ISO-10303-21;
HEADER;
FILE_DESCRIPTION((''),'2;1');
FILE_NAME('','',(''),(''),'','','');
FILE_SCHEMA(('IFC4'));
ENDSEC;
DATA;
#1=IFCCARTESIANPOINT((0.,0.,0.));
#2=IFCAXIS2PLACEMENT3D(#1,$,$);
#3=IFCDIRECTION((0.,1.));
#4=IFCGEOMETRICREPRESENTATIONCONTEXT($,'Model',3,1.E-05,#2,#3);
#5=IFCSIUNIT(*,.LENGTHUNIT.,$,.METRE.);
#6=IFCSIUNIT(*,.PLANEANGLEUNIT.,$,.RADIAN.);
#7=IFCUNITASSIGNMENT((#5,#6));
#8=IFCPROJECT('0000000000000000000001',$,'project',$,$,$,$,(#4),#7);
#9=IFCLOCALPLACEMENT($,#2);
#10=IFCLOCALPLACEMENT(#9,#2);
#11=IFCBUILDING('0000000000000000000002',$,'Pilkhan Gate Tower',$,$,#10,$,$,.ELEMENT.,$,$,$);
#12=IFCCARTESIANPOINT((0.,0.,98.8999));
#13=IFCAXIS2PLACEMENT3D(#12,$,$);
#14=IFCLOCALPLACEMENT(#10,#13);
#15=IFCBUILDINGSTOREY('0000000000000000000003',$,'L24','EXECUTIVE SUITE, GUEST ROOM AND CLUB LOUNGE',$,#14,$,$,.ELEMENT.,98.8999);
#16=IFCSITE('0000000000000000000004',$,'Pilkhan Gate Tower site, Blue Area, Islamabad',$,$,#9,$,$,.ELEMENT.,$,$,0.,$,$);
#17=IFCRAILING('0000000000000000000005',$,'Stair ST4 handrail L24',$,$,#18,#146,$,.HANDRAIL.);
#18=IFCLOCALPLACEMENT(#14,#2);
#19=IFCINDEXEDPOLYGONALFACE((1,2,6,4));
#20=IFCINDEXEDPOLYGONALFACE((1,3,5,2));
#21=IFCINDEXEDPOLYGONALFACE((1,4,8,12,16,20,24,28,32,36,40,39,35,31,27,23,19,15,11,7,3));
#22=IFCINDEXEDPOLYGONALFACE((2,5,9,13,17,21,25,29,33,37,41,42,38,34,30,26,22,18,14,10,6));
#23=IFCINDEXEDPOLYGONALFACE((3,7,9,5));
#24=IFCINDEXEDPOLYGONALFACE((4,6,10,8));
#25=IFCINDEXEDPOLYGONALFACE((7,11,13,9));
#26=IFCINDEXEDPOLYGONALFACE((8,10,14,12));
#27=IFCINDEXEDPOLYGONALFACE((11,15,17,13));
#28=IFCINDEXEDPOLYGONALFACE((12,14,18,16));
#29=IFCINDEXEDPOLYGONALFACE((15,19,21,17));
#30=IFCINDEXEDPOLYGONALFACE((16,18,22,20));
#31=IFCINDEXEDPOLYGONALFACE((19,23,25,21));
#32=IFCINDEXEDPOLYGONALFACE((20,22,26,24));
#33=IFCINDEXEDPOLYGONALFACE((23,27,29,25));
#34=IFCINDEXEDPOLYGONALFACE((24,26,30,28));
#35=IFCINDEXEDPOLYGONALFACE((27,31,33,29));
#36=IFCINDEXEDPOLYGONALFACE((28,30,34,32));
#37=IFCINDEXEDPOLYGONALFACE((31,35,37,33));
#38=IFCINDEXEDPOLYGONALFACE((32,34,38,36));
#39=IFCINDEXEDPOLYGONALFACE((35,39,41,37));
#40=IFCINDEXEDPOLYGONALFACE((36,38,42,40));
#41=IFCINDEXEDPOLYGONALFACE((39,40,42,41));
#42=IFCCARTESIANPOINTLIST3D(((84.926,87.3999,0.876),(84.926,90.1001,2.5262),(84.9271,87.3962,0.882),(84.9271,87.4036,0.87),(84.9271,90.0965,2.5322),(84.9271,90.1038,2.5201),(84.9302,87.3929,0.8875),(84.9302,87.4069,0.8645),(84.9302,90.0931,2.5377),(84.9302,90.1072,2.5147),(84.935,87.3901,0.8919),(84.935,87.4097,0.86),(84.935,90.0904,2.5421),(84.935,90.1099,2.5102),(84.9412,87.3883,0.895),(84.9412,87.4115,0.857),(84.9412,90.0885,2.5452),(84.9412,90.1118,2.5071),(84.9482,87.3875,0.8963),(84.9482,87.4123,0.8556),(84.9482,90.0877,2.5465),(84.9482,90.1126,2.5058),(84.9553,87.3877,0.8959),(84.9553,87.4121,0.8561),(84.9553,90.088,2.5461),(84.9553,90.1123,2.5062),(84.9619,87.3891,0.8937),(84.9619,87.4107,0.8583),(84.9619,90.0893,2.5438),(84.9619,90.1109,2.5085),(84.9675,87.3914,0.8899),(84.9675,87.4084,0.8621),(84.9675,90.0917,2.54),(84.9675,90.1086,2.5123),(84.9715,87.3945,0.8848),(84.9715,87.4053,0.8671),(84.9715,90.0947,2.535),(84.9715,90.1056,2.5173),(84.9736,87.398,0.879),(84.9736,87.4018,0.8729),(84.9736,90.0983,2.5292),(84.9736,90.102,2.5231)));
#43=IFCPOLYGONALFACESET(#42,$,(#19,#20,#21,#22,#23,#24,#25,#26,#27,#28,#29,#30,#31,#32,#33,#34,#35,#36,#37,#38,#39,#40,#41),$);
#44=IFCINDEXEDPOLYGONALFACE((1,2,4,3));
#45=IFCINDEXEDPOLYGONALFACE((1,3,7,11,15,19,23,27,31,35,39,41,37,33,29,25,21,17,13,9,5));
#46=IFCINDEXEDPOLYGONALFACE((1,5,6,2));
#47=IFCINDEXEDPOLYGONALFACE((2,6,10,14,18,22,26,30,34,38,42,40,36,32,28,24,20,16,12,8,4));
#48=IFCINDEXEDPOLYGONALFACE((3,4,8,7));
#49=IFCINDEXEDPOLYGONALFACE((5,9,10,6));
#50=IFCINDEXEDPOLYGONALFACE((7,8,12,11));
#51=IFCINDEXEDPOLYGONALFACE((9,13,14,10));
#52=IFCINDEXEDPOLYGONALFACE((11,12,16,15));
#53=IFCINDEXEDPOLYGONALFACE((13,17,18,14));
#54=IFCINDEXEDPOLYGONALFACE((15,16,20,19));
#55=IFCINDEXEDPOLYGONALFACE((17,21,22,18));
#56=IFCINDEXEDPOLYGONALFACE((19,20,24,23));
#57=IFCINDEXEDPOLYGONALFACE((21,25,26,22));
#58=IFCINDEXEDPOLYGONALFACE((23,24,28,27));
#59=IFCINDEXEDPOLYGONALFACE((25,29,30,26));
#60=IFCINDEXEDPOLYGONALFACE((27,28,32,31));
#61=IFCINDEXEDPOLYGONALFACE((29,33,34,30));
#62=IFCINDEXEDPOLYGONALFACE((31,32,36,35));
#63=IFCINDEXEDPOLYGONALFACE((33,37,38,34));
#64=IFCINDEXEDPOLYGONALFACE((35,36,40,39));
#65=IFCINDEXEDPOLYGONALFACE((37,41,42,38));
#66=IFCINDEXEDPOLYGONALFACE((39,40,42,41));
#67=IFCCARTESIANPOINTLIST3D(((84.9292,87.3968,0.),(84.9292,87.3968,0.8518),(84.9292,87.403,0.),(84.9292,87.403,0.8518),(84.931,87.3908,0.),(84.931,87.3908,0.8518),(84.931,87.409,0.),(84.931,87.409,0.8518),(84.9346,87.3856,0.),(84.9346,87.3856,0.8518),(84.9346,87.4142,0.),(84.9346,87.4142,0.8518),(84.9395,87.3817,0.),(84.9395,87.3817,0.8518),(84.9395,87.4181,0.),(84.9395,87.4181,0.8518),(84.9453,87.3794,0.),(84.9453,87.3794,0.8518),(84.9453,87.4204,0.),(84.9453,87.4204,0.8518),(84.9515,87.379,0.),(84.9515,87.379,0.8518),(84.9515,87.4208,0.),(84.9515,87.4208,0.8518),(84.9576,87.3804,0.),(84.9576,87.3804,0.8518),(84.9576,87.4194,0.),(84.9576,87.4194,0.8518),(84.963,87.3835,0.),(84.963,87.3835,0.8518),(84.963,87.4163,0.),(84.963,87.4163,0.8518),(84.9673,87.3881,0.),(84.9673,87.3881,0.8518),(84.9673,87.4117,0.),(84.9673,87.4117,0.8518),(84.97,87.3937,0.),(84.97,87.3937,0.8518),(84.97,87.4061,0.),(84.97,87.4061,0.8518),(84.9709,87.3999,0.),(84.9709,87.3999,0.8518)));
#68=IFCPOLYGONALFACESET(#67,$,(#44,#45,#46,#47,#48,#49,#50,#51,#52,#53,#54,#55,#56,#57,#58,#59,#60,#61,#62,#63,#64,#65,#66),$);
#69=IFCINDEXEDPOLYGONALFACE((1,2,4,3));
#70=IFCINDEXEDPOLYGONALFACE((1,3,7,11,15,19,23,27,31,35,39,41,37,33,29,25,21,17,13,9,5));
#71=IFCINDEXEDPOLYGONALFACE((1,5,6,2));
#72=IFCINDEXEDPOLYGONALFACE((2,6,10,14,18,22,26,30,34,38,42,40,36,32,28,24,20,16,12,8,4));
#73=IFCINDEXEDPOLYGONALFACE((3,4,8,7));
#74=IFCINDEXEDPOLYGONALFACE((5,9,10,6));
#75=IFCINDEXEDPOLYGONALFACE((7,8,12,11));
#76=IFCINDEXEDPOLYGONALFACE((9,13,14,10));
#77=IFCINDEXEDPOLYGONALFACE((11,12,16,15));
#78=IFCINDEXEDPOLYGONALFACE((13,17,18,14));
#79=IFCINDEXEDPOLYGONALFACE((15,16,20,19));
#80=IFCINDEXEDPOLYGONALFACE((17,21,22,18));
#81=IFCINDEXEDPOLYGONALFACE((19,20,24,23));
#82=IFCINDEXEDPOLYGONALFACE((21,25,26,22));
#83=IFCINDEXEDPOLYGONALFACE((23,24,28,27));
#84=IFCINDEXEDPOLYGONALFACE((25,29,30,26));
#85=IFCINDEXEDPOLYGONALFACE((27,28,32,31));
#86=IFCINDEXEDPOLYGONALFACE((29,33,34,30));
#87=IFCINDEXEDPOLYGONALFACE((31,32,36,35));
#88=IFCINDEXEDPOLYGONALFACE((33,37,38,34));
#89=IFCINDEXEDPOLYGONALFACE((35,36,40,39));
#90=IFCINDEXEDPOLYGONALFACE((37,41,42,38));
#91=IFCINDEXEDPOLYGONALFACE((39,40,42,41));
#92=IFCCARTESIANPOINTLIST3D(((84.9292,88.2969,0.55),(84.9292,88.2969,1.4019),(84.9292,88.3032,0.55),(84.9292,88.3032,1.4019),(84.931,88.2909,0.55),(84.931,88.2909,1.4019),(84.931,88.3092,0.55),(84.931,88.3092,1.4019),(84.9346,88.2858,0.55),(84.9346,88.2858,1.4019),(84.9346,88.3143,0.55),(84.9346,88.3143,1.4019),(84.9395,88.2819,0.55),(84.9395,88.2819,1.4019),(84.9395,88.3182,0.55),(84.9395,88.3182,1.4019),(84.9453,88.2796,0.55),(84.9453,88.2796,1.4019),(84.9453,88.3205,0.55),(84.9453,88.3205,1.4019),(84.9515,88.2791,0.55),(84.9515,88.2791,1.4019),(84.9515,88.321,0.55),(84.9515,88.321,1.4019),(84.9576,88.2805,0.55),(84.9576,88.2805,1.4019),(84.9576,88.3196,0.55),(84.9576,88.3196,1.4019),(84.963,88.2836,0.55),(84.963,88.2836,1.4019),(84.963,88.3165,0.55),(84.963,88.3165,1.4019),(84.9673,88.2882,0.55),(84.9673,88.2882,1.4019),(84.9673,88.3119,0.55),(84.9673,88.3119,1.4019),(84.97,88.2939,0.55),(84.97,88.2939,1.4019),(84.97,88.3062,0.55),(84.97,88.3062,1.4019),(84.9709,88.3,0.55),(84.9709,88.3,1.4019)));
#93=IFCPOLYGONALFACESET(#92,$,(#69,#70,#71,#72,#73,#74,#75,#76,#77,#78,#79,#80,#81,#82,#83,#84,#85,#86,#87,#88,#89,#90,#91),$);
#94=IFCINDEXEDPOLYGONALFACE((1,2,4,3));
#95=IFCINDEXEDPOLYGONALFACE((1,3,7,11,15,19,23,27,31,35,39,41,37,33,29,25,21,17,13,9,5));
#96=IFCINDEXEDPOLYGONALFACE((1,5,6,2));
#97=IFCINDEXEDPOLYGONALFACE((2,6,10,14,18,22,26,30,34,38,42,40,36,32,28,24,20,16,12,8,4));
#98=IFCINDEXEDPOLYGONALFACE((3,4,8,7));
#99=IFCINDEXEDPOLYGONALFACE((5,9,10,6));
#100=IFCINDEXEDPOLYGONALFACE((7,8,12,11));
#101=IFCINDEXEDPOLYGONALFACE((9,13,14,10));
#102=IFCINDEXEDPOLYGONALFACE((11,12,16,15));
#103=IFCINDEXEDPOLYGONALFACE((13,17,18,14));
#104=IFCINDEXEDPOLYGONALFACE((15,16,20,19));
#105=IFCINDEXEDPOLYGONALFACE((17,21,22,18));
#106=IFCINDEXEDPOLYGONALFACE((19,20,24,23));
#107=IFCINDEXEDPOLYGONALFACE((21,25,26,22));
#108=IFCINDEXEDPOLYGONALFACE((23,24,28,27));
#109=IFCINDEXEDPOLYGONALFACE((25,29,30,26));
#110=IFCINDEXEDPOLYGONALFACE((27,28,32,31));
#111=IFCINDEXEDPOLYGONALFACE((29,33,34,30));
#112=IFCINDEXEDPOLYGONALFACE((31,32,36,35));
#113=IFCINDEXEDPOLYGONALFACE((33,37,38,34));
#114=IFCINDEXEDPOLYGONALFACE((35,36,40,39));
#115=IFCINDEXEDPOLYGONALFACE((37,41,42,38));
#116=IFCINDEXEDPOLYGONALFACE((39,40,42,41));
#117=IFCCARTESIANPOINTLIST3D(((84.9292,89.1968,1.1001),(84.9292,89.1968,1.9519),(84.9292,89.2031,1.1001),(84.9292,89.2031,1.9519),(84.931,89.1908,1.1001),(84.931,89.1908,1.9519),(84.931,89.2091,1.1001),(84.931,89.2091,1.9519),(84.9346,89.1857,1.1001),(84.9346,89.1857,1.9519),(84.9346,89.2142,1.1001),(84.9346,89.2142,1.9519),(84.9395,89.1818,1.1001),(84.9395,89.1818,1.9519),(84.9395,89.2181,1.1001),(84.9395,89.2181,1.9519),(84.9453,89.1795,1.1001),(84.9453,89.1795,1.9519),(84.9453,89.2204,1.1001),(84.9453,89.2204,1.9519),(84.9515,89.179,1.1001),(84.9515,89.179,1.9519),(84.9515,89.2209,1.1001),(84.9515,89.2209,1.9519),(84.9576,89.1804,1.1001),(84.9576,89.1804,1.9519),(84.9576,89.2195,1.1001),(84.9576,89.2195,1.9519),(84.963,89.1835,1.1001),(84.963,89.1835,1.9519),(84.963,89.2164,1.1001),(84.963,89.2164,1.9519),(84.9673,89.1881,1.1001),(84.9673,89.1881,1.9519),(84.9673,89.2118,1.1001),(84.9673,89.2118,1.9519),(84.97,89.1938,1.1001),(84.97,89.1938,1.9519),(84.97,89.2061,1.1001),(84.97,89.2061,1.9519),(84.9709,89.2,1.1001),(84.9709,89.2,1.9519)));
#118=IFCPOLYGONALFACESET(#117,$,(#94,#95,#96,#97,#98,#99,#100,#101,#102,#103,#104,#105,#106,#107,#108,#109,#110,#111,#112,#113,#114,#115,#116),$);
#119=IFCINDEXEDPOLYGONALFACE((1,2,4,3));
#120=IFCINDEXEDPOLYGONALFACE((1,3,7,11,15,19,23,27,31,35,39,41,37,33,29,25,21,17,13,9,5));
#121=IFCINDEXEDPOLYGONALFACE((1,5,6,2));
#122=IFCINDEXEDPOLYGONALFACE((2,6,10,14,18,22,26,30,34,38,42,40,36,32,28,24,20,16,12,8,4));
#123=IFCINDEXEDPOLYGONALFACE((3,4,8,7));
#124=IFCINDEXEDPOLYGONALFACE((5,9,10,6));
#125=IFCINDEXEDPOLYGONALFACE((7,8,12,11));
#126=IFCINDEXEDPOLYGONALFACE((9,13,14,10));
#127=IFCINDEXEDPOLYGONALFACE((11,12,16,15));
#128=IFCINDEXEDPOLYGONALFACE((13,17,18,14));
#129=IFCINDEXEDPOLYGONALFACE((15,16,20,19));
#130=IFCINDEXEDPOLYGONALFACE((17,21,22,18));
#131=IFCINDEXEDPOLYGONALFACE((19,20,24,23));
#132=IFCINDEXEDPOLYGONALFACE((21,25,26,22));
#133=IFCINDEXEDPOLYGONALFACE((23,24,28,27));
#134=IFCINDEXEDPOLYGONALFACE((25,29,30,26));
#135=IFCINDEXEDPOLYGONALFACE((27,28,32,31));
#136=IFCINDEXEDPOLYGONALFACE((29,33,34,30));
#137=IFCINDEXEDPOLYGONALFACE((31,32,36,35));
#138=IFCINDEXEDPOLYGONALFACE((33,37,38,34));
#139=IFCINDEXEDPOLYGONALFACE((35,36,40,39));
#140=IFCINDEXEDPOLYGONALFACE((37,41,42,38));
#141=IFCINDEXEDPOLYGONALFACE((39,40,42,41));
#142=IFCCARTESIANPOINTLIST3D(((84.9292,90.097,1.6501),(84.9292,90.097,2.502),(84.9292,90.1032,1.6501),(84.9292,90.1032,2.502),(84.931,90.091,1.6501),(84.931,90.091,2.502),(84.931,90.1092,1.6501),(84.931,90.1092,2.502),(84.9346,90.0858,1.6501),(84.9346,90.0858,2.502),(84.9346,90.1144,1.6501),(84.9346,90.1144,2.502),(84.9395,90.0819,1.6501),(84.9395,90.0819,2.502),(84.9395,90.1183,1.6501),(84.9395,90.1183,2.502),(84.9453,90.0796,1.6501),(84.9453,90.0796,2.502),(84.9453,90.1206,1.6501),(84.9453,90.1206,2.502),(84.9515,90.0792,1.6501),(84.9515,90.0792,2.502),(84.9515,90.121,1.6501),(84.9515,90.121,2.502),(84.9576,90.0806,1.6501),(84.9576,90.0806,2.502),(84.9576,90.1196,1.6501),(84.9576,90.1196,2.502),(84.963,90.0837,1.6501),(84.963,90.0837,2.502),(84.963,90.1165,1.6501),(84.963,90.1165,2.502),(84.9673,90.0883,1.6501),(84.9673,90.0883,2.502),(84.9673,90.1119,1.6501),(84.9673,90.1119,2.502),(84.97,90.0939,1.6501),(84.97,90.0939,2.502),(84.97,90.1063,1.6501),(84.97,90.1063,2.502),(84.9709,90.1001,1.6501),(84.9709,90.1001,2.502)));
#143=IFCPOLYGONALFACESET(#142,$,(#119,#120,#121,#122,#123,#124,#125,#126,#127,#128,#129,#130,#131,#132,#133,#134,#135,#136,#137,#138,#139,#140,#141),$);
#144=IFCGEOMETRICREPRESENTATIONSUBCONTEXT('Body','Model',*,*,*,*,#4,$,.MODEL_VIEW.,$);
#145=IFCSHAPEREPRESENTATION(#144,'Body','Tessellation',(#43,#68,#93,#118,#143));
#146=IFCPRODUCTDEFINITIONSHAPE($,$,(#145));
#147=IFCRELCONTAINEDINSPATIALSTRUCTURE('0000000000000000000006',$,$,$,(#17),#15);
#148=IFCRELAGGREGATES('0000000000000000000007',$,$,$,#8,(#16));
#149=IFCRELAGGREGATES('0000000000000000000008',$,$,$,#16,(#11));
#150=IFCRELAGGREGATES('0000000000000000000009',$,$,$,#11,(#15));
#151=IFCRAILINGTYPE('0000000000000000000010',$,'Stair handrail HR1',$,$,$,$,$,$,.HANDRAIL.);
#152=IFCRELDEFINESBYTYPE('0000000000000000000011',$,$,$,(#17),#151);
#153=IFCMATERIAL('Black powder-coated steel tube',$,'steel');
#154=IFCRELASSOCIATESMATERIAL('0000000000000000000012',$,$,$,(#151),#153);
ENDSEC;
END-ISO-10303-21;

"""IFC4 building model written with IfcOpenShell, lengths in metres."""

from ifc_helpers import new_model, si_unit, direction, frame, origin, origin_2d, place, context, subcontext, project, spatial, circle, extrude, material, type_object, element, save


model = new_model("IFC4")

# Units and contexts
model_context = context("Model", 3, precision=1e-05, world=origin(), true_north=direction((0.0, 1.0)))
body_context = subcontext(model_context, "Body", "Model", "MODEL_VIEW")
ifc_project = project(units=[si_unit("LENGTHUNIT", "METRE"), si_unit("PLANEANGLEUNIT", "RADIAN")], contexts=[model_context])

# Site, building, storey
site_placement = place(None, origin())
site = spatial("IfcSite", under=ifc_project, at=site_placement, Name="Pilkhan Gate Tower site, Blue Area, Islamabad", CompositionType="ELEMENT", RefElevation=0.0)
building_placement = place(site_placement, origin())
building = spatial("IfcBuilding", under=site, at=building_placement, Name="Pilkhan Gate Tower", CompositionType="ELEMENT")
storey_placement = place(building_placement, frame((0.0, 0.0, 98.8999)))
storey = spatial("IfcBuildingStorey", under=building, at=storey_placement, Name="L24", Description="EXECUTIVE SUITE, GUEST ROOM AND CLUB LOUNGE", CompositionType="ELEMENT", Elevation=98.8999)

# Railing
ifc_material_1 = material(Name="Black powder-coated steel tube", Category="steel")
railing_type_1 = type_object("IfcRailingType", Name="Stair handrail HR1", PredefinedType="HANDRAIL", material=ifc_material_1)
railing_1_placement = place(storey_placement, frame((84.95, 87.3999, 0.0)))
element("IfcRailing", 1, at=railing_1_placement, inside=storey, type_object=railing_type_1, Name="Stair ST4 handrail L24", PredefinedType="HANDRAIL", context=body_context, shape_type="SweptSolid", body=[
    extrude(circle(Radius=0.0239, at=origin_2d()), frame((0.0, 0.0, 0.876), z_axis=(0.0, 0.853278, 0.521456), x_axis=(-1.0, 0.0, 0.0)), (0.0, 0.0, 1.0), 3.1646),
    extrude(circle(Radius=0.021, at=origin_2d()), origin(), (0.0, 0.0, 1.0), 0.8518),
    extrude(circle(Radius=0.021, at=origin_2d()), frame((0.0, 0.9001, 0.55)), (0.0, 0.0, 1.0), 0.8518),
    extrude(circle(Radius=0.021, at=origin_2d()), frame((0.0, 1.8, 1.1001)), (0.0, 0.0, 1.0), 0.8518),
    extrude(circle(Radius=0.021, at=origin_2d()), frame((0.0, 2.7002, 1.6501)), (0.0, 0.0, 1.0), 0.8518),
])

save(model, "model.ifc")
